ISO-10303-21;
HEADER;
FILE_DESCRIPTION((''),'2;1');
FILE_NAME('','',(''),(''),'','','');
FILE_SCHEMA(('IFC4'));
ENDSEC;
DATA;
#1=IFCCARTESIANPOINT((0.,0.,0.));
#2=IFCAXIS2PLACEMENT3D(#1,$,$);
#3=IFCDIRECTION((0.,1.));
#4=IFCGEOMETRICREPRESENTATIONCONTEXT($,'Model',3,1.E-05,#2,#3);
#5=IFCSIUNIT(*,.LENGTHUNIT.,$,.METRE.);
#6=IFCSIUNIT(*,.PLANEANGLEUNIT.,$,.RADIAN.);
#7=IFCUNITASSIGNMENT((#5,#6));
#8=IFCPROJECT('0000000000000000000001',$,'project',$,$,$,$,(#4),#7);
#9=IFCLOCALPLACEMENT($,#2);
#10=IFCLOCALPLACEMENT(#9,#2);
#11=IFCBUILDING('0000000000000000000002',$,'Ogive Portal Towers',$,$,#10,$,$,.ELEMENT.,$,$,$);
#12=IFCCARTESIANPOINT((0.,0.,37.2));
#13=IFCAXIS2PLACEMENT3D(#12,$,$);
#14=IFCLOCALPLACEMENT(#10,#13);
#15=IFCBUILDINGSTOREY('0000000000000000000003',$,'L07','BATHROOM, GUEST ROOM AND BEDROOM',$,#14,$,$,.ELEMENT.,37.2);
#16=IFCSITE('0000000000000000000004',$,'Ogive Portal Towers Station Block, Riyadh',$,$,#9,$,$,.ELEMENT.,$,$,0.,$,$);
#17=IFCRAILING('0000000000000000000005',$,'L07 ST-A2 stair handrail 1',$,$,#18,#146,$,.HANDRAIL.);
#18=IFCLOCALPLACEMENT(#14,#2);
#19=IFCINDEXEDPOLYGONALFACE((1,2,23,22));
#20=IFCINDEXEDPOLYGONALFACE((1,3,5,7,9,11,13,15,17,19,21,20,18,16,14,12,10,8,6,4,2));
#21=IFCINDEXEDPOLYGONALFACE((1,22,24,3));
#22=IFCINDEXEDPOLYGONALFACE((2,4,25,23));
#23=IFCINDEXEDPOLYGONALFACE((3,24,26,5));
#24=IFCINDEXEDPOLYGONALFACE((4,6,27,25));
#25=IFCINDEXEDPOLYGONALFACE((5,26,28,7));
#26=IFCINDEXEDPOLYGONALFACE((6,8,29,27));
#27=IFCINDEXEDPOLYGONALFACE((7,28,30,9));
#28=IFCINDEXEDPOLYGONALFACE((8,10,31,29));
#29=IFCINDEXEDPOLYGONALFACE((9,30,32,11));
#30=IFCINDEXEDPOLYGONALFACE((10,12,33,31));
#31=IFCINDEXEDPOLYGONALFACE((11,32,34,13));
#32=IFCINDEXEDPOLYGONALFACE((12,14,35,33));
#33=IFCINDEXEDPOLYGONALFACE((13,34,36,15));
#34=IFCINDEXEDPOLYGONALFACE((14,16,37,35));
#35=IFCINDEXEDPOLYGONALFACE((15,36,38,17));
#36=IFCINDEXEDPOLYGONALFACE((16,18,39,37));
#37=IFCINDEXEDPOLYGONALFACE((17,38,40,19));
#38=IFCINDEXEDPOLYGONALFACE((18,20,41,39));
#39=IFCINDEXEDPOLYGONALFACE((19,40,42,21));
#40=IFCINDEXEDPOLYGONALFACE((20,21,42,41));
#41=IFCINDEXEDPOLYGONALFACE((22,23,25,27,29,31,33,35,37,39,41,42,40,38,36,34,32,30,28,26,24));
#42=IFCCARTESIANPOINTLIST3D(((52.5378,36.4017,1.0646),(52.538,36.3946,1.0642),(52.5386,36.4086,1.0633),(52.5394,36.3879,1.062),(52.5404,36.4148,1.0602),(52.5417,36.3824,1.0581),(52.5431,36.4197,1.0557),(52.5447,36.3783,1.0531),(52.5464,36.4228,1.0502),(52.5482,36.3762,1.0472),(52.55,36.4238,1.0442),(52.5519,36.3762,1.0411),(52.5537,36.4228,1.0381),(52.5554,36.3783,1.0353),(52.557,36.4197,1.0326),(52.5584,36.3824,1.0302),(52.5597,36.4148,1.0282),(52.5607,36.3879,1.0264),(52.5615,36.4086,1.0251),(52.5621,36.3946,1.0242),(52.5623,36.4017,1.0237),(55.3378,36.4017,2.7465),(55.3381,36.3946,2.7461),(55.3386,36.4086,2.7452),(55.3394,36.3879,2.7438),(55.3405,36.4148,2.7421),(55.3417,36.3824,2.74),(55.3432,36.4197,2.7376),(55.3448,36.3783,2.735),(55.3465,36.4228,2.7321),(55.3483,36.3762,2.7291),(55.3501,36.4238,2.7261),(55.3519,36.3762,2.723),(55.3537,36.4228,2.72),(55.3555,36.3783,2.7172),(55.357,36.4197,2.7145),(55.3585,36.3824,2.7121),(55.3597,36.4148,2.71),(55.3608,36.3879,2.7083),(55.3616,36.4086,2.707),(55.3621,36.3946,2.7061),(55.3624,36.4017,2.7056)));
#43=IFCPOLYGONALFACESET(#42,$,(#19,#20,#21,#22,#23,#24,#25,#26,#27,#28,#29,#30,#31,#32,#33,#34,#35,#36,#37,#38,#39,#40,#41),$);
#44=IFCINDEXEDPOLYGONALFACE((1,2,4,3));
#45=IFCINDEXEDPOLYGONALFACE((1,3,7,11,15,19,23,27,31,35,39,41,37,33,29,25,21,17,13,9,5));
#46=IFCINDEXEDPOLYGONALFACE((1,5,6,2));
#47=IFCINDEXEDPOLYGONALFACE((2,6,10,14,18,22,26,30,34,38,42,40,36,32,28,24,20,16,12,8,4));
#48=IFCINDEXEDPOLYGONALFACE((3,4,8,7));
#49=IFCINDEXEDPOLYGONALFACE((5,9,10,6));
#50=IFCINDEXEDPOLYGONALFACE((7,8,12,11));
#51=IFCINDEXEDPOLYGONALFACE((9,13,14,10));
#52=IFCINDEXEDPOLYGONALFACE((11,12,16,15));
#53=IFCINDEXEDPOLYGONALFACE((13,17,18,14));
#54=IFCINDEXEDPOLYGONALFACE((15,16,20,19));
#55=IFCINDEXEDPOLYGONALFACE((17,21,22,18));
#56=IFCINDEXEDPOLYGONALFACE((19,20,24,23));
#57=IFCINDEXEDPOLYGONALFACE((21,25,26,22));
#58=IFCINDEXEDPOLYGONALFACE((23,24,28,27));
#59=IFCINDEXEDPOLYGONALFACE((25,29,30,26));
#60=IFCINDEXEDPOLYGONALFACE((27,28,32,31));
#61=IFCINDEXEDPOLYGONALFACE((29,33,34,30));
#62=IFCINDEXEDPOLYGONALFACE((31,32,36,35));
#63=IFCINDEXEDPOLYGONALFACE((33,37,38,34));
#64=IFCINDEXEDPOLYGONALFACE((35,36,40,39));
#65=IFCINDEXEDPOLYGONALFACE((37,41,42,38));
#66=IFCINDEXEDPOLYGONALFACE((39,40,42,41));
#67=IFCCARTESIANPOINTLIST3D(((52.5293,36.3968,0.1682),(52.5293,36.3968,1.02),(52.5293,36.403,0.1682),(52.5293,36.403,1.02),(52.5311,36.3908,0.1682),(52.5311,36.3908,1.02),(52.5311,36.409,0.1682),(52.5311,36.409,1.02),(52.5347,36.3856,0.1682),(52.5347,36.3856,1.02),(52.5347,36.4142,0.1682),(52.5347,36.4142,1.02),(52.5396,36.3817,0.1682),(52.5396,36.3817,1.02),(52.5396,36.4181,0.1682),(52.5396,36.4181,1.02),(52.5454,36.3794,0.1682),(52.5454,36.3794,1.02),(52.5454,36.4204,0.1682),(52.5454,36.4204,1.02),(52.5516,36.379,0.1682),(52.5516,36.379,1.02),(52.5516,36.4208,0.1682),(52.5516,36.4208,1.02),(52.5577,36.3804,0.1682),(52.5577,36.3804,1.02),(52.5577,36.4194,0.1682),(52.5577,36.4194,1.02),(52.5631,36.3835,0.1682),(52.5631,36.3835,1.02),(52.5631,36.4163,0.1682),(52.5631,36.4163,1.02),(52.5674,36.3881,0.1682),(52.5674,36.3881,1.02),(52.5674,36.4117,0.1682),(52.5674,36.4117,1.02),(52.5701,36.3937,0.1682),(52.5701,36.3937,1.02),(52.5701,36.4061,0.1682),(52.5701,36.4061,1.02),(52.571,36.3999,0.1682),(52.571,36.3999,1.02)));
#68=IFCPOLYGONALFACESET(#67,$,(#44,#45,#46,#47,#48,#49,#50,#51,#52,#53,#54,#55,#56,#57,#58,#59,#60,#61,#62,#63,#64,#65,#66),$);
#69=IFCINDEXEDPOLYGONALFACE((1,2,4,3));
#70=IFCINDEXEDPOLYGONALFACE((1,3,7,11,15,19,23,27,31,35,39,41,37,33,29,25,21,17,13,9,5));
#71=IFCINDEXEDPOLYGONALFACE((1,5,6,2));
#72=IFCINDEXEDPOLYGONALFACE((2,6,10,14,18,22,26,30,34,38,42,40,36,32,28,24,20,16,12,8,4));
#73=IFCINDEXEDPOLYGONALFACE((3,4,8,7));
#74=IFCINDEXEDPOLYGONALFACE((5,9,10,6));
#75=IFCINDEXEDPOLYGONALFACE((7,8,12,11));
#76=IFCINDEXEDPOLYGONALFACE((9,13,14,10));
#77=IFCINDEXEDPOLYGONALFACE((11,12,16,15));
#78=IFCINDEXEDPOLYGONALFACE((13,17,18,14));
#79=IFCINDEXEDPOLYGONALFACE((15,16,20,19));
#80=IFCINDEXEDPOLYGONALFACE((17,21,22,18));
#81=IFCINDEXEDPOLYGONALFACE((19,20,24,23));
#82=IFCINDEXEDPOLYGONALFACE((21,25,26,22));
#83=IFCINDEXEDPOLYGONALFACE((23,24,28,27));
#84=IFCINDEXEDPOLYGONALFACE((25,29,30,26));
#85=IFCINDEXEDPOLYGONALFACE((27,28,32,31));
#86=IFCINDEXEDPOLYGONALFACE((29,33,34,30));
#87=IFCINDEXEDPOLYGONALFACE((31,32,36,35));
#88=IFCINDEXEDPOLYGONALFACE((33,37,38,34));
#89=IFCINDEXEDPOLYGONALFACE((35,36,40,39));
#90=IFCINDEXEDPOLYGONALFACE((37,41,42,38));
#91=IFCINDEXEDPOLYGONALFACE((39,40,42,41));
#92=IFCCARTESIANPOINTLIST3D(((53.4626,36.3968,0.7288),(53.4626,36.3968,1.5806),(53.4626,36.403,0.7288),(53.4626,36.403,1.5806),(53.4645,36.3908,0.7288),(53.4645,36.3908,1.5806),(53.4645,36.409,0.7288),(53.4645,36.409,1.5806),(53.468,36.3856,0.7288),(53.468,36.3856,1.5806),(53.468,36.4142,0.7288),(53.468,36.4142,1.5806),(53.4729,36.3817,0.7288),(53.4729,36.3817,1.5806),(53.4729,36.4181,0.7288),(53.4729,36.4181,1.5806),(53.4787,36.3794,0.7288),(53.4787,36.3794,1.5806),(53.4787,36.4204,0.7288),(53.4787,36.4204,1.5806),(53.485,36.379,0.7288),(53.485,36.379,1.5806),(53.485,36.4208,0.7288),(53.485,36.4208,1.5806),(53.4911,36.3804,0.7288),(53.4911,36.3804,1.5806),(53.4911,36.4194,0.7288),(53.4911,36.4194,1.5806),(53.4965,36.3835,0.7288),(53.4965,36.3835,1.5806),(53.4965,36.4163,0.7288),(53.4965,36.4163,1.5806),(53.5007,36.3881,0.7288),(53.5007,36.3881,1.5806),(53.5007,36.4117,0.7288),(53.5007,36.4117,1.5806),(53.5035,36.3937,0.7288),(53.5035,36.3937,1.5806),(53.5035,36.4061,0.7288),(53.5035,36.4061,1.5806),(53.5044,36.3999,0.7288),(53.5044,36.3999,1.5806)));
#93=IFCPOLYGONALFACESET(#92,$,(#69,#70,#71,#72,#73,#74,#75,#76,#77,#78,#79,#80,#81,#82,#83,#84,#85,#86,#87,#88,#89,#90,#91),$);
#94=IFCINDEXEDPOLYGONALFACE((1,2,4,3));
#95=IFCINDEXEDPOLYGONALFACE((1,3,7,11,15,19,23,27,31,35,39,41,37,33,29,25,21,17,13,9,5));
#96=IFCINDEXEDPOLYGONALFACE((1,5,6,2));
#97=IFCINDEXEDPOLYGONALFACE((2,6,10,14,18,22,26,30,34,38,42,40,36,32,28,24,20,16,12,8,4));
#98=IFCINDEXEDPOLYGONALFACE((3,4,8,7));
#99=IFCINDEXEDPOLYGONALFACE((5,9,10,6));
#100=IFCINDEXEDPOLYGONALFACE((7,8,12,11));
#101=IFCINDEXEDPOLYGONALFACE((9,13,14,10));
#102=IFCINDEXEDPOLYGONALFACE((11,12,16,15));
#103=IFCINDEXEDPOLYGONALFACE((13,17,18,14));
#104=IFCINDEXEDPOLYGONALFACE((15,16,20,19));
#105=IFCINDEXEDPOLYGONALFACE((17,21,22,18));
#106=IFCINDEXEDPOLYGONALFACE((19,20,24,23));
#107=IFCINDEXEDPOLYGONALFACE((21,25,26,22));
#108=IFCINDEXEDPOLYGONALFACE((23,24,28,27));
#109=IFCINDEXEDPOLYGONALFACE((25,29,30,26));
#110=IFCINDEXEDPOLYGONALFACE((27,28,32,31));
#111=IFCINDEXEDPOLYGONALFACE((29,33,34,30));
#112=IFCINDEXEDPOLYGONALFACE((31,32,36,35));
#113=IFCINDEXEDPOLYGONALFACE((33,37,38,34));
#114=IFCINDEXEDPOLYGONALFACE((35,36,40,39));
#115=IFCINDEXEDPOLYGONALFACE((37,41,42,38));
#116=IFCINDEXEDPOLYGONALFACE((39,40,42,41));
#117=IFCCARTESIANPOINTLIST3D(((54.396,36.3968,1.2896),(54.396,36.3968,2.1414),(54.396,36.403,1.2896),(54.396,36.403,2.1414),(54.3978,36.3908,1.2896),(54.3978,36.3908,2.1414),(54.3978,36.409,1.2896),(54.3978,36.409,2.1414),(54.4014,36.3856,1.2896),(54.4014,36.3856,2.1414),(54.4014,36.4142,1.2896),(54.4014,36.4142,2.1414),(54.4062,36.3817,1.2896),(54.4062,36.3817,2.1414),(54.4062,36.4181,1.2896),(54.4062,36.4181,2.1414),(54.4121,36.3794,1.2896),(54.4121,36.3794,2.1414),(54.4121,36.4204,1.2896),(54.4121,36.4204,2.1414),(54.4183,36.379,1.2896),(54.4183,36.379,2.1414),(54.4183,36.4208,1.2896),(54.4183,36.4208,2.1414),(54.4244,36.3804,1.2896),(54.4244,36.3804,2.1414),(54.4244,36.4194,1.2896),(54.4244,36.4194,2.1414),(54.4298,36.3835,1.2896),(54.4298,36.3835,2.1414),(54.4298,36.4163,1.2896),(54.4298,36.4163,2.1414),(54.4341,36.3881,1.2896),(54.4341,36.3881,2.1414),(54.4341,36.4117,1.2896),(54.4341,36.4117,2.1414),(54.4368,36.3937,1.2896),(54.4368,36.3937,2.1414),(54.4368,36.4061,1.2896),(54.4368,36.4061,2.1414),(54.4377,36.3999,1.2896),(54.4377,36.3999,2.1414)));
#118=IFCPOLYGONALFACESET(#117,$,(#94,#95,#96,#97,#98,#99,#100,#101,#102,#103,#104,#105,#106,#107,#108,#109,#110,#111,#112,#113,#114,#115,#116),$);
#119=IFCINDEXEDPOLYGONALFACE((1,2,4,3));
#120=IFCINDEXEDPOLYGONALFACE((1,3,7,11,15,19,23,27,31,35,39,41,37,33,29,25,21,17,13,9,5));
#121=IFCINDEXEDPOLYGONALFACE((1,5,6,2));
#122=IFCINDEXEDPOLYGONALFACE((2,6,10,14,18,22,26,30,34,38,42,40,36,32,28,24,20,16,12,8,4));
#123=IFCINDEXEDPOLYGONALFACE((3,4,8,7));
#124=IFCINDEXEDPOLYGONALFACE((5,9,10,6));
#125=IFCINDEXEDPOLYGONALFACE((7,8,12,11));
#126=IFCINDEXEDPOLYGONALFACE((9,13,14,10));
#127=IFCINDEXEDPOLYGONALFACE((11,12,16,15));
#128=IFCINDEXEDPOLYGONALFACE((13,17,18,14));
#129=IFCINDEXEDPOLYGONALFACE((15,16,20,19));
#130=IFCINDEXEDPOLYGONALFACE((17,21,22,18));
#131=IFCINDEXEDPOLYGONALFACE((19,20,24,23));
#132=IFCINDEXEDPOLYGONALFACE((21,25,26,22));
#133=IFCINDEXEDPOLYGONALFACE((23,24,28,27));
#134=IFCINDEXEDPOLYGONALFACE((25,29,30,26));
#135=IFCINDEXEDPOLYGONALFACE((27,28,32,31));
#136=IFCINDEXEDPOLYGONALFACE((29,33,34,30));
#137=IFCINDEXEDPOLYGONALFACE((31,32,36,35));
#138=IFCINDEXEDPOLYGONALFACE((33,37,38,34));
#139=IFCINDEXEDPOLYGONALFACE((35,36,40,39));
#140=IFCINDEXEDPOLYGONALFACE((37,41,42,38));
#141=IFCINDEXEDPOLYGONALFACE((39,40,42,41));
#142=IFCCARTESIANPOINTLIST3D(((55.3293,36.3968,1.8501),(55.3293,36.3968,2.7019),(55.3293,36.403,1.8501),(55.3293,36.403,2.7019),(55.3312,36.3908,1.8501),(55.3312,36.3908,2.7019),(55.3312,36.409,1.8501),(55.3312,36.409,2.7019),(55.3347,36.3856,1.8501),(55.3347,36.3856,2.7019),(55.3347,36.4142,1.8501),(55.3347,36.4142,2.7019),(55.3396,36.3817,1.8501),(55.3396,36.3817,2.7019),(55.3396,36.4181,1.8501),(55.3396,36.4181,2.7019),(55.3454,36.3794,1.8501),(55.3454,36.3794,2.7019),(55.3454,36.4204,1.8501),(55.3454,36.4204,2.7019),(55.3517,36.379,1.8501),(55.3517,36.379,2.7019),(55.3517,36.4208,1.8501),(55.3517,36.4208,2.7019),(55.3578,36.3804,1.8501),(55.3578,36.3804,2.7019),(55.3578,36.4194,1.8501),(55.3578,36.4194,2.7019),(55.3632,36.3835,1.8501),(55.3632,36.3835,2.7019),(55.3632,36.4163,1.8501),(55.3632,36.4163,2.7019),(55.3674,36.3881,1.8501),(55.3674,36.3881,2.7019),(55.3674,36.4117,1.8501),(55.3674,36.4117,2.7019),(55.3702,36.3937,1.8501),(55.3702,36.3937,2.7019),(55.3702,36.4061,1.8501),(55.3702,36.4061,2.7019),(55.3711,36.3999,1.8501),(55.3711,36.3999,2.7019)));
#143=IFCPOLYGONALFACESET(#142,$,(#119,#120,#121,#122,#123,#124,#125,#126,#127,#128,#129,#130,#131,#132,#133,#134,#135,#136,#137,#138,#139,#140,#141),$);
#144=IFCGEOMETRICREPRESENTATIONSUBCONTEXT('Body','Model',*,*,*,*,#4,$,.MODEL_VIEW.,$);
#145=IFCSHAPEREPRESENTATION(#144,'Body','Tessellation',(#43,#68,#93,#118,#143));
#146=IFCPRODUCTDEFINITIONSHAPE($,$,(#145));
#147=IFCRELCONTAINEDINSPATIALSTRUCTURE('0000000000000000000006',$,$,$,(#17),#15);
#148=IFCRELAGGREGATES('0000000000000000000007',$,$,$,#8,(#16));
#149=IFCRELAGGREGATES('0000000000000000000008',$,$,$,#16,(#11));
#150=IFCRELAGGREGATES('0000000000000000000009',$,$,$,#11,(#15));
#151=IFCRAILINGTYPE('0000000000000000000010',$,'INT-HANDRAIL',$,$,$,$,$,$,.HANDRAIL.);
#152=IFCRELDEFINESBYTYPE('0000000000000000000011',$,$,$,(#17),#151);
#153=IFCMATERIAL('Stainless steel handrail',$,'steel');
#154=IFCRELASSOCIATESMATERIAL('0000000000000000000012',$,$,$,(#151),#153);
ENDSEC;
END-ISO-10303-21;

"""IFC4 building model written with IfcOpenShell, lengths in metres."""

from ifc_helpers import new_model, si_unit, direction, frame, origin, origin_2d, place, context, subcontext, project, spatial, circle, extrude, material, type_object, element, save


model = new_model("IFC4")

# Units and contexts
model_context = context("Model", 3, precision=1e-05, world=origin(), true_north=direction((0.0, 1.0)))
body_context = subcontext(model_context, "Body", "Model", "MODEL_VIEW")
ifc_project = project(units=[si_unit("LENGTHUNIT", "METRE"), si_unit("PLANEANGLEUNIT", "RADIAN")], contexts=[model_context])

# Site, building, storey
site_placement = place(None, origin())
site = spatial("IfcSite", under=ifc_project, at=site_placement, Name="Ogive Portal Towers Station Block, Riyadh", CompositionType="ELEMENT", RefElevation=0.0)
building_placement = place(site_placement, origin())
building = spatial("IfcBuilding", under=site, at=building_placement, Name="Ogive Portal Towers", CompositionType="ELEMENT")
storey_placement = place(building_placement, frame((0.0, 0.0, 37.2)))
storey = spatial("IfcBuildingStorey", under=building, at=storey_placement, Name="L07", Description="BATHROOM, GUEST ROOM AND BEDROOM", CompositionType="ELEMENT", Elevation=37.2)

# Railing
ifc_material_1 = material(Name="Stainless steel handrail", Category="steel")
railing_type_1 = type_object("IfcRailingType", Name="INT-HANDRAIL", PredefinedType="HANDRAIL", material=ifc_material_1)
railing_1_placement = place(storey_placement, frame((52.55, 36.3999, 0.1682)))
element("IfcRailing", 1, at=railing_1_placement, inside=storey, type_object=railing_type_1, Name="L07 ST-A2 stair handrail 1", PredefinedType="HANDRAIL", context=body_context, shape_type="SweptSolid", body=[
    extrude(circle(Radius=0.0239, at=origin_2d()), frame((0.0, 0.0, 0.876), z_axis=(0.857242, 0.0, 0.514913), x_axis=(0.0, 1.0, 0.0)), (0.0, 0.0, 1.0), 3.2664),
    extrude(circle(Radius=0.021, at=origin_2d()), origin(), (0.0, 0.0, 1.0), 0.8518),
    extrude(circle(Radius=0.021, at=origin_2d()), frame((0.9333, 0.0, 0.5605)), (0.0, 0.0, 1.0), 0.8518),
    extrude(circle(Radius=0.021, at=origin_2d()), frame((1.8667, 0.0, 1.1213)), (0.0, 0.0, 1.0), 0.8518),
    extrude(circle(Radius=0.021, at=origin_2d()), frame((2.8, 0.0, 1.6819)), (0.0, 0.0, 1.0), 0.8518),
])

save(model, "model.ifc")
